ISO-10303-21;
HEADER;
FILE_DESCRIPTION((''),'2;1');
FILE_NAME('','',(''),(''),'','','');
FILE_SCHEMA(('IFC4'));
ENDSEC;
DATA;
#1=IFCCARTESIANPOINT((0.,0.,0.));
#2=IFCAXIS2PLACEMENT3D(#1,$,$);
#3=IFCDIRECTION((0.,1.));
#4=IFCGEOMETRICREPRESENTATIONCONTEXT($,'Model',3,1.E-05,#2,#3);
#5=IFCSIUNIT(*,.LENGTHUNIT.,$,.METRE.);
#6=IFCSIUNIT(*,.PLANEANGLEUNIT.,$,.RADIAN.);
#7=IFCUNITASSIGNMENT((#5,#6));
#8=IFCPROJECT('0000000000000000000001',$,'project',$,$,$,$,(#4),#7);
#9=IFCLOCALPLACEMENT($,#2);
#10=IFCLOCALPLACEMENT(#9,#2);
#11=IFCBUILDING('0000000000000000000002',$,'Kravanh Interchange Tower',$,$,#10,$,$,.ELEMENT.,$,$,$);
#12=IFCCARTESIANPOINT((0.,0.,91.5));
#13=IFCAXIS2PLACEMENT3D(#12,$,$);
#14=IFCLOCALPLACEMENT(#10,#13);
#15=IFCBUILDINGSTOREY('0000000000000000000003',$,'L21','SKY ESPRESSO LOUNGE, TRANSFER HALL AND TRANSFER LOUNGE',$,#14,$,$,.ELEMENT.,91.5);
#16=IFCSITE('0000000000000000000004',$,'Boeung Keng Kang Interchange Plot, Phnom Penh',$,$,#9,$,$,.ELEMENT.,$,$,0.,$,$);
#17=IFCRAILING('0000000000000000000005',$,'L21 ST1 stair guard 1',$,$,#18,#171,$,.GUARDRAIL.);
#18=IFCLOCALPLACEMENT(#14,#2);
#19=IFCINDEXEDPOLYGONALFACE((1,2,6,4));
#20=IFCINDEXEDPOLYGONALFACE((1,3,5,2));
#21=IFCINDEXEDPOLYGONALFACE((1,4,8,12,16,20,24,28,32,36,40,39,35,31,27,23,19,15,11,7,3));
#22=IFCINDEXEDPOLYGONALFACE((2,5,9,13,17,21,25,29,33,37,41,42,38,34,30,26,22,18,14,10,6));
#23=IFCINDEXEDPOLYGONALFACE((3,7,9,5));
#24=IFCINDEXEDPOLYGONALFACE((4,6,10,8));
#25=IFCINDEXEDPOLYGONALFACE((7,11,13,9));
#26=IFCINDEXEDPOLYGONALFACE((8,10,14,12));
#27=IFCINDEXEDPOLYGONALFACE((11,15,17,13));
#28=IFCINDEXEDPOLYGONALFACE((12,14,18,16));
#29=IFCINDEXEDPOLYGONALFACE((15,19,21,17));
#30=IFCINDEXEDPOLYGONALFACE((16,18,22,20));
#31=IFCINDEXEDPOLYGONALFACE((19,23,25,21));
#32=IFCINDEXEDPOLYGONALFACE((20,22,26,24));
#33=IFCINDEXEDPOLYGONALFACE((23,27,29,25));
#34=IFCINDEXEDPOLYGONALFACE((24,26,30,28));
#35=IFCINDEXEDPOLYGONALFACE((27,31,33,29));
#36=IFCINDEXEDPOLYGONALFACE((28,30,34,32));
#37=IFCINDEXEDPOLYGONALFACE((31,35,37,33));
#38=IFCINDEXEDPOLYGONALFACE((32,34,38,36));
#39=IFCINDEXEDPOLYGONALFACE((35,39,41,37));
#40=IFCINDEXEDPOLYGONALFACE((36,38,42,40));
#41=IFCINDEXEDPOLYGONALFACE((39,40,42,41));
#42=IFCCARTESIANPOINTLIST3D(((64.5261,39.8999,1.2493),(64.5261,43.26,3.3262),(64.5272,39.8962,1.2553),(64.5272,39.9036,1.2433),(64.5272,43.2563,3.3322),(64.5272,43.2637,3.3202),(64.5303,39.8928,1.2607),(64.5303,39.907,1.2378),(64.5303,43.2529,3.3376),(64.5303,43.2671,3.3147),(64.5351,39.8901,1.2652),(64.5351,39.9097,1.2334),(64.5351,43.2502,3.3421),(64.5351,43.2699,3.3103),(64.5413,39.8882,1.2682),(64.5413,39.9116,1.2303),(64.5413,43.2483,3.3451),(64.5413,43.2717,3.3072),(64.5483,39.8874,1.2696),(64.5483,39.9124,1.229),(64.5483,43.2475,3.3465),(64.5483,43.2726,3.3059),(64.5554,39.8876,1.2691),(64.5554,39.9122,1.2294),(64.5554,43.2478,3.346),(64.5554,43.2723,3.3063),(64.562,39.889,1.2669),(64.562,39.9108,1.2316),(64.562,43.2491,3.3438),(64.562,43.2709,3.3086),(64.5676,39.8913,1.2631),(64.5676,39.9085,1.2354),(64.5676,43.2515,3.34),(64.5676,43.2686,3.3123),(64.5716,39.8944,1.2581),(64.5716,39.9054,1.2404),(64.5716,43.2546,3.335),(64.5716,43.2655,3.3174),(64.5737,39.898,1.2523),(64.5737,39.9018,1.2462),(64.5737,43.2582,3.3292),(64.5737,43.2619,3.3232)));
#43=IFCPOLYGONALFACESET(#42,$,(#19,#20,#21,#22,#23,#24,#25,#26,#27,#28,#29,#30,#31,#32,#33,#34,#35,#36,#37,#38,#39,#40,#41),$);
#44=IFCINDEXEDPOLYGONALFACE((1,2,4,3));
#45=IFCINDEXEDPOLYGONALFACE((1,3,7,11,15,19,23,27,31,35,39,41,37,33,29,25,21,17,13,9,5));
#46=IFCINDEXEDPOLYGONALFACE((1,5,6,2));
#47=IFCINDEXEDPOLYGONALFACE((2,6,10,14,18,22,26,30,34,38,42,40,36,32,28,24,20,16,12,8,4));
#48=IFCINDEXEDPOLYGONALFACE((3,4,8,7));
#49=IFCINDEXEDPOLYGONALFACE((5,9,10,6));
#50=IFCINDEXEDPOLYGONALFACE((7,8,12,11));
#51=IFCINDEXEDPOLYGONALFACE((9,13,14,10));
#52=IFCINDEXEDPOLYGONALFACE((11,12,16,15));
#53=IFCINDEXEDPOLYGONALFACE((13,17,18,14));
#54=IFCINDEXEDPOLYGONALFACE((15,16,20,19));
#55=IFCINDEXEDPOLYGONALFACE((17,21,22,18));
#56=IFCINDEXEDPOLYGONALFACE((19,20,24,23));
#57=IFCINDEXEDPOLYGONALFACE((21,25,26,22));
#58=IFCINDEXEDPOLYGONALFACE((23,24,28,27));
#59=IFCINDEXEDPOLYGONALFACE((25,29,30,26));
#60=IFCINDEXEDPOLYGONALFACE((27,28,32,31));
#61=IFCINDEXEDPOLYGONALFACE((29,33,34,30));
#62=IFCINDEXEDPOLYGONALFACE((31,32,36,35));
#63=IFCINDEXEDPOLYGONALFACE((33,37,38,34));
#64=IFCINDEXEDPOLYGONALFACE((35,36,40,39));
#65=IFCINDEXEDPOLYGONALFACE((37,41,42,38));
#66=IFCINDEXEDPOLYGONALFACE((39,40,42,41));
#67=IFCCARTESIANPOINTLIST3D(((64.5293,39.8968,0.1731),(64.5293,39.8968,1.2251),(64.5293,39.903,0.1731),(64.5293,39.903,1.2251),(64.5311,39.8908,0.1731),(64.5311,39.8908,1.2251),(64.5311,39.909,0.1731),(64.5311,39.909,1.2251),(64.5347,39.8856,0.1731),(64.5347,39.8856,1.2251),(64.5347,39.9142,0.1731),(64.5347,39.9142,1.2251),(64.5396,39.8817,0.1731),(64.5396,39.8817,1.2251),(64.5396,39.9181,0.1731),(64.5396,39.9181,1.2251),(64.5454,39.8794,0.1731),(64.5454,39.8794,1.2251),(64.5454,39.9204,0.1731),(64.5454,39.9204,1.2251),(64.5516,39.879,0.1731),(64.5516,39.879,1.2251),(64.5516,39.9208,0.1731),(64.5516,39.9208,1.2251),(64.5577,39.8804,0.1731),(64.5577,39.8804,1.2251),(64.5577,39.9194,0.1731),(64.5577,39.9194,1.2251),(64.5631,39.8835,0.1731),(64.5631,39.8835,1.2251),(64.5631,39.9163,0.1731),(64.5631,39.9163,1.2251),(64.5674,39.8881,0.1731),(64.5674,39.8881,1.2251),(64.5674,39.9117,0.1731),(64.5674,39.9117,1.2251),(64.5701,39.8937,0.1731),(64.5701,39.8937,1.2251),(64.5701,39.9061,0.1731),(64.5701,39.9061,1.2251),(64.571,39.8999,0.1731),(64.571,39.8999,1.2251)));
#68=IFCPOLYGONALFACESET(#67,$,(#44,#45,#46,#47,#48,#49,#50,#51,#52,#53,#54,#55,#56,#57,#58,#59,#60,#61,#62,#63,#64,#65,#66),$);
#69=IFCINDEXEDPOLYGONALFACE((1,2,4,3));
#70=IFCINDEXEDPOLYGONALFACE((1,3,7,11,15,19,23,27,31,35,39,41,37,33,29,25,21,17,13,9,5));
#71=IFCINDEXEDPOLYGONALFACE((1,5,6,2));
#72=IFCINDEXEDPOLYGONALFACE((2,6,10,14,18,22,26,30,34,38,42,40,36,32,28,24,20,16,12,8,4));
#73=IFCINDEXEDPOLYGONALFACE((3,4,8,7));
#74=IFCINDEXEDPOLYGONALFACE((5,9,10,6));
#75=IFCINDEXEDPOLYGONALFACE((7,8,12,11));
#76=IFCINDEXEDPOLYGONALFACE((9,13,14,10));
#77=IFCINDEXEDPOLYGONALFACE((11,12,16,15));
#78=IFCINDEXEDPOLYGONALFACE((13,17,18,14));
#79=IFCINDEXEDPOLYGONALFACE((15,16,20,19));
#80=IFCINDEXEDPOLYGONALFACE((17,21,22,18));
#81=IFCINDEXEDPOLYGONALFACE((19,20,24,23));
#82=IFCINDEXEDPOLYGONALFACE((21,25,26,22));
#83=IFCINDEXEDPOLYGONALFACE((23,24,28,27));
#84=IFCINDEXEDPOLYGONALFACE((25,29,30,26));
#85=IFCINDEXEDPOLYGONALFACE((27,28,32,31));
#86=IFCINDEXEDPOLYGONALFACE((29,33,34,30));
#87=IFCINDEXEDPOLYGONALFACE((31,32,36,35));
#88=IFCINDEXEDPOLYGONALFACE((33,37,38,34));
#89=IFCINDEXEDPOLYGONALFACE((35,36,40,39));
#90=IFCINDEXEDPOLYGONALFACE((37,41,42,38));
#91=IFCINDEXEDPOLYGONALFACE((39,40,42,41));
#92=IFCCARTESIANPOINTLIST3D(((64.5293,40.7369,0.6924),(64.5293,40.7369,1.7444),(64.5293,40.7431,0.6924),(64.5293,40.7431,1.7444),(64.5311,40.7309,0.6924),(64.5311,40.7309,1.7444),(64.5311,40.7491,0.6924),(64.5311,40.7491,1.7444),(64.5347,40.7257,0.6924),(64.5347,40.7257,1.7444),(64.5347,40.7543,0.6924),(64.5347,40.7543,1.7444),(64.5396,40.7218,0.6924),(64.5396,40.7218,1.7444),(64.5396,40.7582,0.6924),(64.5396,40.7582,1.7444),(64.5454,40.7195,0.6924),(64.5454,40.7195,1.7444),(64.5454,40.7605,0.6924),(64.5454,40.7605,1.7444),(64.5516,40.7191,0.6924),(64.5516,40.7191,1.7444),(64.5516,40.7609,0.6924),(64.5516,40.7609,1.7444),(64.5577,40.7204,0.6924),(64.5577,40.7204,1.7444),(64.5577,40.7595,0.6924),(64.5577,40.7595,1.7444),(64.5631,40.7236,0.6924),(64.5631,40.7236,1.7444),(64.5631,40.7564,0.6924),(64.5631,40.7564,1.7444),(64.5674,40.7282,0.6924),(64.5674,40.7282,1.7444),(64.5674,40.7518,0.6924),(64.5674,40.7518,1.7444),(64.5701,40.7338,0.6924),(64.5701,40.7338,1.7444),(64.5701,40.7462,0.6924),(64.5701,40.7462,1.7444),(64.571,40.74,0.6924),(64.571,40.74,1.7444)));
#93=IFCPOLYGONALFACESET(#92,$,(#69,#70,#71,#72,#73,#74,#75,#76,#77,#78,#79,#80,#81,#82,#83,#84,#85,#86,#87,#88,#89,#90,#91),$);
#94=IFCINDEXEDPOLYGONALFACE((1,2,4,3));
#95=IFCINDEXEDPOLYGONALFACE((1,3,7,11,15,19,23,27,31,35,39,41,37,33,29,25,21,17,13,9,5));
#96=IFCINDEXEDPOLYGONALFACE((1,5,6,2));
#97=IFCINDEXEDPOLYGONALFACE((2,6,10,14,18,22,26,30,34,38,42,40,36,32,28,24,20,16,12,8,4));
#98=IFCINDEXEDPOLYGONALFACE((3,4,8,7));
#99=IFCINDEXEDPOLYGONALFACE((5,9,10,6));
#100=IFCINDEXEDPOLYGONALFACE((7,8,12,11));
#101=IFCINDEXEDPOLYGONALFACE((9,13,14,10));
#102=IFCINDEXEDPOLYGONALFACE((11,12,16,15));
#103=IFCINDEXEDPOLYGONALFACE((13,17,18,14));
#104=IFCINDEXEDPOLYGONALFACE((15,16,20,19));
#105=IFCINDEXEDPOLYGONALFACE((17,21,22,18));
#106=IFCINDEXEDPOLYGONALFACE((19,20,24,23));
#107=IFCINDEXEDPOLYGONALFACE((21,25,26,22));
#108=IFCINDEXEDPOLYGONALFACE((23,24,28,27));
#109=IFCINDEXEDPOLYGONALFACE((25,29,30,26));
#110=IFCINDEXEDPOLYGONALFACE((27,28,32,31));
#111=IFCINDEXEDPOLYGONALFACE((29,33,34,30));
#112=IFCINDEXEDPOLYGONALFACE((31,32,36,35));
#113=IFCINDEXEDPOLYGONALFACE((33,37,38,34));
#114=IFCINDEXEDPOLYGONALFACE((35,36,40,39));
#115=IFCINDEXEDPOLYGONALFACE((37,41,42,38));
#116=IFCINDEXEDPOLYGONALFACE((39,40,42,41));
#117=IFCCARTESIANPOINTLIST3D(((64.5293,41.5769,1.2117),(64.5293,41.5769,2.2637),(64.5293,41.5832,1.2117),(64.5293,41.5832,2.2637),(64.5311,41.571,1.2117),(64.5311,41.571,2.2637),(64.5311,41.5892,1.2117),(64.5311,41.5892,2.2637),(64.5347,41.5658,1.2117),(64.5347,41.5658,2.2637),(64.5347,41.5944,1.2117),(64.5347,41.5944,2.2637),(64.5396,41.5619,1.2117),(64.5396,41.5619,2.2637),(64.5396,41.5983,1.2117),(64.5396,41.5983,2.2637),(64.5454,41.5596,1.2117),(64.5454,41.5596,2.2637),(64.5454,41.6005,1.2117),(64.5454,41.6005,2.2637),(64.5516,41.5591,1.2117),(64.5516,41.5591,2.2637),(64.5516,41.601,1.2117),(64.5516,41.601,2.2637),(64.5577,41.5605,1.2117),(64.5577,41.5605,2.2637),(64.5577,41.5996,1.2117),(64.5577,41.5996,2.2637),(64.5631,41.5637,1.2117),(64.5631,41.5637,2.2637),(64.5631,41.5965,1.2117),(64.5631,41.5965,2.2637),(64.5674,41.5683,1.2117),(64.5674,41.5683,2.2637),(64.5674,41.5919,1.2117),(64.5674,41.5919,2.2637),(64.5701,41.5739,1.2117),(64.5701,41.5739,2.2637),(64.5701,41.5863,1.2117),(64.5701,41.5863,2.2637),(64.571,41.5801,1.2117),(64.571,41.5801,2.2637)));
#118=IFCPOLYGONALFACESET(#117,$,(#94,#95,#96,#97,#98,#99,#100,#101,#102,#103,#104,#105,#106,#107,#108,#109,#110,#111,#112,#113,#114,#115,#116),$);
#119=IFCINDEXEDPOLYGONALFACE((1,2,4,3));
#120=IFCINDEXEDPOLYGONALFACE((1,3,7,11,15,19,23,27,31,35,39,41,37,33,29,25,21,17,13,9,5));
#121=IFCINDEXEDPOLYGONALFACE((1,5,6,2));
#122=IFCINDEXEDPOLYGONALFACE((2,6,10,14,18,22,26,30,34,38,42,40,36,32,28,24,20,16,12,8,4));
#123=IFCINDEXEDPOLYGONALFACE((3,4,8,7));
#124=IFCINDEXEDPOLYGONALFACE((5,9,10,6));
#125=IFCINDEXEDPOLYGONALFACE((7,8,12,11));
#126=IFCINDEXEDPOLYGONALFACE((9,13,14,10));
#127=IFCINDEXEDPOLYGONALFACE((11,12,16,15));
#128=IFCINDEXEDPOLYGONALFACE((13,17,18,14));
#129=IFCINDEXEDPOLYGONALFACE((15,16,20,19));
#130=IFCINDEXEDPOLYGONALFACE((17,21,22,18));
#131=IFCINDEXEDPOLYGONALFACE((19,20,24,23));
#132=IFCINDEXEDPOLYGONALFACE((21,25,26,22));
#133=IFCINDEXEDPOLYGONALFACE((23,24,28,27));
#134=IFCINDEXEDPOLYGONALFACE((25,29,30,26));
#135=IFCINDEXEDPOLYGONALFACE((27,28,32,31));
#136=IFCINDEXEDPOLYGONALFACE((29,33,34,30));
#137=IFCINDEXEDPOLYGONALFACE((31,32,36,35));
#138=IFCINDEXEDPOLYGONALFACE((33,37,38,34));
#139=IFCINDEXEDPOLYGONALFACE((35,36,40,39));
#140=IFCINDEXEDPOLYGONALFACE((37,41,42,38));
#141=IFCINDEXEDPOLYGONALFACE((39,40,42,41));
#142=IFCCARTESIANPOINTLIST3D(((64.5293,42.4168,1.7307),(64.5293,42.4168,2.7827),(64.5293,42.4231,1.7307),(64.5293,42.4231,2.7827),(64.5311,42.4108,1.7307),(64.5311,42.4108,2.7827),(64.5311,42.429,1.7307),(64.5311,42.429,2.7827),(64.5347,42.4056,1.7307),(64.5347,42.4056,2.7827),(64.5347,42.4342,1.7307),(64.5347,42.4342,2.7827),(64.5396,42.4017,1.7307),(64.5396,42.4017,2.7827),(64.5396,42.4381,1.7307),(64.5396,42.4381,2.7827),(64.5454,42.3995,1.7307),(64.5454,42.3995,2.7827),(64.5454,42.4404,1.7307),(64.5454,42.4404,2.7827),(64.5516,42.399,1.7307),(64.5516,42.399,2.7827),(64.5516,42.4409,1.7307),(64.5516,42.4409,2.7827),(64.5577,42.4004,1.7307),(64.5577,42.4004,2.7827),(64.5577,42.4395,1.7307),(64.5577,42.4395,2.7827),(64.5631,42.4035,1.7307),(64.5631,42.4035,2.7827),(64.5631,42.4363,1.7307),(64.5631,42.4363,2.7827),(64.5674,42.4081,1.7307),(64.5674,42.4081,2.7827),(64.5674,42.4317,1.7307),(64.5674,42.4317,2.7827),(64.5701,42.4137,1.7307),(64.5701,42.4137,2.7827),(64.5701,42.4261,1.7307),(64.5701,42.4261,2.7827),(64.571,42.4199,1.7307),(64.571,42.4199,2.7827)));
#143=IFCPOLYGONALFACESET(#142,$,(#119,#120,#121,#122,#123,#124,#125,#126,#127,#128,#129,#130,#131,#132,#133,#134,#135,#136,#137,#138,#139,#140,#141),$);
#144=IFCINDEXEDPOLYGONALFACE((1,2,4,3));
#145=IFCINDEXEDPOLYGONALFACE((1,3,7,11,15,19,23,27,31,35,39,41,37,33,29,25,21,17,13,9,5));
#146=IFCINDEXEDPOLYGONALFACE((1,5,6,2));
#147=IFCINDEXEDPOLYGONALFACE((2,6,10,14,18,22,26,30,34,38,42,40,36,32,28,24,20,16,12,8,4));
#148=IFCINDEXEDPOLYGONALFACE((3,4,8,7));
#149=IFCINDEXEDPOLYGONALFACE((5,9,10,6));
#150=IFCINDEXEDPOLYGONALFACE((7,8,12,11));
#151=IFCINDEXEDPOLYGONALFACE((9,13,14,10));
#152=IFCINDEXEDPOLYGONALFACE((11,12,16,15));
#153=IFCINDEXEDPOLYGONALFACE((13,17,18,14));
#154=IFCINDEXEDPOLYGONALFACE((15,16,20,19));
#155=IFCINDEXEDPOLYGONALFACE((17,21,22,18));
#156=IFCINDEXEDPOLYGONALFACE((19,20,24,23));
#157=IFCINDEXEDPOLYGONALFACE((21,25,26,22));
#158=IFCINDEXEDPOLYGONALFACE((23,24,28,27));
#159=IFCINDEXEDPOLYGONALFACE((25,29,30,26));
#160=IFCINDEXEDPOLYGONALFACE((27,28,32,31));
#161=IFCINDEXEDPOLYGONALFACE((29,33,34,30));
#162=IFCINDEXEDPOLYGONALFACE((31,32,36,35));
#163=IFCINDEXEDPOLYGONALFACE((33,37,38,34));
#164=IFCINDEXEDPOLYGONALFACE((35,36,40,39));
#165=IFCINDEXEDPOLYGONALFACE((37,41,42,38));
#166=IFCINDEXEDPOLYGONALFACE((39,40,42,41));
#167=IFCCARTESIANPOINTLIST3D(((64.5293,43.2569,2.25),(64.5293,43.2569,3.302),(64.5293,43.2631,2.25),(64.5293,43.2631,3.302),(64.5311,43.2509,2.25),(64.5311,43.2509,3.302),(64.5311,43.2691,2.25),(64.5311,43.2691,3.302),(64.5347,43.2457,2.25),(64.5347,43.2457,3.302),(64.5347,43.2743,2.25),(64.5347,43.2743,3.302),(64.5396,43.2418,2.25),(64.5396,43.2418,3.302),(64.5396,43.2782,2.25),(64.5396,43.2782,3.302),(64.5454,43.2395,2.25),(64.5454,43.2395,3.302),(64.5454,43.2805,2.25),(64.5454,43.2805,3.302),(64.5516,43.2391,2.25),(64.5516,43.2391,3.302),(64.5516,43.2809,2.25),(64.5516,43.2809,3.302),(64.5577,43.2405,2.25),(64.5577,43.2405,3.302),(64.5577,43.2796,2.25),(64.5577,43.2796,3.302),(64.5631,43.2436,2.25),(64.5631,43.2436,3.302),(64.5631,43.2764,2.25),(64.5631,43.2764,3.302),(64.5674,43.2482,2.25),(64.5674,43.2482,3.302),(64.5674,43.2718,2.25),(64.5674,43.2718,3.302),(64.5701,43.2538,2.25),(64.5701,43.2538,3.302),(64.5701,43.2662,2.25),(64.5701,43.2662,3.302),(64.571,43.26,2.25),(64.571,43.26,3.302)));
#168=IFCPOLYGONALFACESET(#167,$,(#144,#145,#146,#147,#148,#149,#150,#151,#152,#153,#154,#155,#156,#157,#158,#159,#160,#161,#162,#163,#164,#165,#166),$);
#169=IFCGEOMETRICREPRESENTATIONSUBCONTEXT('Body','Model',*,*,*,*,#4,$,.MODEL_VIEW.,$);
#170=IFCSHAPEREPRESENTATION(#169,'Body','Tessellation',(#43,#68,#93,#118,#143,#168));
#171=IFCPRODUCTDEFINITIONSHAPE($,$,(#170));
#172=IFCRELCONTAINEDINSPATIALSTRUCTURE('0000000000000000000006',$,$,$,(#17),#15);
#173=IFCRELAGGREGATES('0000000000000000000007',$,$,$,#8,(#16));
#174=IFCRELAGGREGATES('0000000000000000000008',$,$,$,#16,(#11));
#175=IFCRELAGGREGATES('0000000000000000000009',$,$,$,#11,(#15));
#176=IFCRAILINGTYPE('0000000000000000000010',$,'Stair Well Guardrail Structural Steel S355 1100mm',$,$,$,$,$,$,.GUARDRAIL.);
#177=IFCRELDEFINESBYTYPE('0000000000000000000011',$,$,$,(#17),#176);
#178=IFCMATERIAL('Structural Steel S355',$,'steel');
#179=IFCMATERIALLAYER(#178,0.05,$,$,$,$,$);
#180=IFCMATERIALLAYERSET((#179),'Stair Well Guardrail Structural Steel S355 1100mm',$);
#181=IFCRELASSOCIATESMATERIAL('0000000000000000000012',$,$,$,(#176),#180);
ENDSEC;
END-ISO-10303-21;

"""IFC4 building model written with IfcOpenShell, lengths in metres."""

from ifc_helpers import new_model, si_unit, direction, frame, origin, origin_2d, place, context, subcontext, project, spatial, circle, extrude, material, layer, layer_set, type_object, element, save


model = new_model("IFC4")

# Units and contexts
model_context = context("Model", 3, precision=1e-05, world=origin(), true_north=direction((0.0, 1.0)))
body_context = subcontext(model_context, "Body", "Model", "MODEL_VIEW")
ifc_project = project(units=[si_unit("LENGTHUNIT", "METRE"), si_unit("PLANEANGLEUNIT", "RADIAN")], contexts=[model_context])

# Site, building, storey
site_placement = place(None, origin())
site = spatial("IfcSite", under=ifc_project, at=site_placement, Name="Boeung Keng Kang Interchange Plot, Phnom Penh", CompositionType="ELEMENT", RefElevation=0.0)
building_placement = place(site_placement, origin())
building = spatial("IfcBuilding", under=site, at=building_placement, Name="Kravanh Interchange Tower", CompositionType="ELEMENT")
storey_placement = place(building_placement, frame((0.0, 0.0, 91.5)))
storey = spatial("IfcBuildingStorey", under=building, at=storey_placement, Name="L21", Description="SKY ESPRESSO LOUNGE, TRANSFER HALL AND TRANSFER LOUNGE", CompositionType="ELEMENT", Elevation=91.5)

# Railing
ifc_material_1 = material(Name="Structural Steel S355", Category="steel")
ifc_layer_1 = layer(ifc_material_1, 0.05)
ifc_layer_set_1 = layer_set([ifc_layer_1], Name="Stair Well Guardrail Structural Steel S355 1100mm")
railing_type_1 = type_object("IfcRailingType", Name="Stair Well Guardrail Structural Steel S355 1100mm", PredefinedType="GUARDRAIL", material=ifc_layer_set_1)
railing_1_placement = place(storey_placement, frame((64.55, 39.8999, 0.1731)))
element("IfcRailing", 1, at=railing_1_placement, inside=storey, type_object=railing_type_1, Name="L21 ST1 stair guard 1", PredefinedType="GUARDRAIL", context=body_context, shape_type="SweptSolid", body=[
    extrude(circle(Radius=0.0239, at=origin_2d()), frame((0.0, 0.0, 1.0762), z_axis=(0.0, 0.850623, 0.525776), x_axis=(-1.0, 0.0, 0.0)), (0.0, 0.0, 1.0), 3.9502),
    extrude(circle(Radius=0.021, at=origin_2d()), origin(), (0.0, 0.0, 1.0), 1.052),
    extrude(circle(Radius=0.021, at=origin_2d()), frame((0.0, 0.8401, 0.5193)), (0.0, 0.0, 1.0), 1.052),
    extrude(circle(Radius=0.021, at=origin_2d()), frame((0.0, 1.6802, 1.0386)), (0.0, 0.0, 1.0), 1.052),
    extrude(circle(Radius=0.021, at=origin_2d()), frame((0.0, 2.52, 1.5576)), (0.0, 0.0, 1.0), 1.052),
    extrude(circle(Radius=0.021, at=origin_2d()), frame((0.0, 3.3601, 2.0769)), (0.0, 0.0, 1.0), 1.052),
])

save(model, "model.ifc")
